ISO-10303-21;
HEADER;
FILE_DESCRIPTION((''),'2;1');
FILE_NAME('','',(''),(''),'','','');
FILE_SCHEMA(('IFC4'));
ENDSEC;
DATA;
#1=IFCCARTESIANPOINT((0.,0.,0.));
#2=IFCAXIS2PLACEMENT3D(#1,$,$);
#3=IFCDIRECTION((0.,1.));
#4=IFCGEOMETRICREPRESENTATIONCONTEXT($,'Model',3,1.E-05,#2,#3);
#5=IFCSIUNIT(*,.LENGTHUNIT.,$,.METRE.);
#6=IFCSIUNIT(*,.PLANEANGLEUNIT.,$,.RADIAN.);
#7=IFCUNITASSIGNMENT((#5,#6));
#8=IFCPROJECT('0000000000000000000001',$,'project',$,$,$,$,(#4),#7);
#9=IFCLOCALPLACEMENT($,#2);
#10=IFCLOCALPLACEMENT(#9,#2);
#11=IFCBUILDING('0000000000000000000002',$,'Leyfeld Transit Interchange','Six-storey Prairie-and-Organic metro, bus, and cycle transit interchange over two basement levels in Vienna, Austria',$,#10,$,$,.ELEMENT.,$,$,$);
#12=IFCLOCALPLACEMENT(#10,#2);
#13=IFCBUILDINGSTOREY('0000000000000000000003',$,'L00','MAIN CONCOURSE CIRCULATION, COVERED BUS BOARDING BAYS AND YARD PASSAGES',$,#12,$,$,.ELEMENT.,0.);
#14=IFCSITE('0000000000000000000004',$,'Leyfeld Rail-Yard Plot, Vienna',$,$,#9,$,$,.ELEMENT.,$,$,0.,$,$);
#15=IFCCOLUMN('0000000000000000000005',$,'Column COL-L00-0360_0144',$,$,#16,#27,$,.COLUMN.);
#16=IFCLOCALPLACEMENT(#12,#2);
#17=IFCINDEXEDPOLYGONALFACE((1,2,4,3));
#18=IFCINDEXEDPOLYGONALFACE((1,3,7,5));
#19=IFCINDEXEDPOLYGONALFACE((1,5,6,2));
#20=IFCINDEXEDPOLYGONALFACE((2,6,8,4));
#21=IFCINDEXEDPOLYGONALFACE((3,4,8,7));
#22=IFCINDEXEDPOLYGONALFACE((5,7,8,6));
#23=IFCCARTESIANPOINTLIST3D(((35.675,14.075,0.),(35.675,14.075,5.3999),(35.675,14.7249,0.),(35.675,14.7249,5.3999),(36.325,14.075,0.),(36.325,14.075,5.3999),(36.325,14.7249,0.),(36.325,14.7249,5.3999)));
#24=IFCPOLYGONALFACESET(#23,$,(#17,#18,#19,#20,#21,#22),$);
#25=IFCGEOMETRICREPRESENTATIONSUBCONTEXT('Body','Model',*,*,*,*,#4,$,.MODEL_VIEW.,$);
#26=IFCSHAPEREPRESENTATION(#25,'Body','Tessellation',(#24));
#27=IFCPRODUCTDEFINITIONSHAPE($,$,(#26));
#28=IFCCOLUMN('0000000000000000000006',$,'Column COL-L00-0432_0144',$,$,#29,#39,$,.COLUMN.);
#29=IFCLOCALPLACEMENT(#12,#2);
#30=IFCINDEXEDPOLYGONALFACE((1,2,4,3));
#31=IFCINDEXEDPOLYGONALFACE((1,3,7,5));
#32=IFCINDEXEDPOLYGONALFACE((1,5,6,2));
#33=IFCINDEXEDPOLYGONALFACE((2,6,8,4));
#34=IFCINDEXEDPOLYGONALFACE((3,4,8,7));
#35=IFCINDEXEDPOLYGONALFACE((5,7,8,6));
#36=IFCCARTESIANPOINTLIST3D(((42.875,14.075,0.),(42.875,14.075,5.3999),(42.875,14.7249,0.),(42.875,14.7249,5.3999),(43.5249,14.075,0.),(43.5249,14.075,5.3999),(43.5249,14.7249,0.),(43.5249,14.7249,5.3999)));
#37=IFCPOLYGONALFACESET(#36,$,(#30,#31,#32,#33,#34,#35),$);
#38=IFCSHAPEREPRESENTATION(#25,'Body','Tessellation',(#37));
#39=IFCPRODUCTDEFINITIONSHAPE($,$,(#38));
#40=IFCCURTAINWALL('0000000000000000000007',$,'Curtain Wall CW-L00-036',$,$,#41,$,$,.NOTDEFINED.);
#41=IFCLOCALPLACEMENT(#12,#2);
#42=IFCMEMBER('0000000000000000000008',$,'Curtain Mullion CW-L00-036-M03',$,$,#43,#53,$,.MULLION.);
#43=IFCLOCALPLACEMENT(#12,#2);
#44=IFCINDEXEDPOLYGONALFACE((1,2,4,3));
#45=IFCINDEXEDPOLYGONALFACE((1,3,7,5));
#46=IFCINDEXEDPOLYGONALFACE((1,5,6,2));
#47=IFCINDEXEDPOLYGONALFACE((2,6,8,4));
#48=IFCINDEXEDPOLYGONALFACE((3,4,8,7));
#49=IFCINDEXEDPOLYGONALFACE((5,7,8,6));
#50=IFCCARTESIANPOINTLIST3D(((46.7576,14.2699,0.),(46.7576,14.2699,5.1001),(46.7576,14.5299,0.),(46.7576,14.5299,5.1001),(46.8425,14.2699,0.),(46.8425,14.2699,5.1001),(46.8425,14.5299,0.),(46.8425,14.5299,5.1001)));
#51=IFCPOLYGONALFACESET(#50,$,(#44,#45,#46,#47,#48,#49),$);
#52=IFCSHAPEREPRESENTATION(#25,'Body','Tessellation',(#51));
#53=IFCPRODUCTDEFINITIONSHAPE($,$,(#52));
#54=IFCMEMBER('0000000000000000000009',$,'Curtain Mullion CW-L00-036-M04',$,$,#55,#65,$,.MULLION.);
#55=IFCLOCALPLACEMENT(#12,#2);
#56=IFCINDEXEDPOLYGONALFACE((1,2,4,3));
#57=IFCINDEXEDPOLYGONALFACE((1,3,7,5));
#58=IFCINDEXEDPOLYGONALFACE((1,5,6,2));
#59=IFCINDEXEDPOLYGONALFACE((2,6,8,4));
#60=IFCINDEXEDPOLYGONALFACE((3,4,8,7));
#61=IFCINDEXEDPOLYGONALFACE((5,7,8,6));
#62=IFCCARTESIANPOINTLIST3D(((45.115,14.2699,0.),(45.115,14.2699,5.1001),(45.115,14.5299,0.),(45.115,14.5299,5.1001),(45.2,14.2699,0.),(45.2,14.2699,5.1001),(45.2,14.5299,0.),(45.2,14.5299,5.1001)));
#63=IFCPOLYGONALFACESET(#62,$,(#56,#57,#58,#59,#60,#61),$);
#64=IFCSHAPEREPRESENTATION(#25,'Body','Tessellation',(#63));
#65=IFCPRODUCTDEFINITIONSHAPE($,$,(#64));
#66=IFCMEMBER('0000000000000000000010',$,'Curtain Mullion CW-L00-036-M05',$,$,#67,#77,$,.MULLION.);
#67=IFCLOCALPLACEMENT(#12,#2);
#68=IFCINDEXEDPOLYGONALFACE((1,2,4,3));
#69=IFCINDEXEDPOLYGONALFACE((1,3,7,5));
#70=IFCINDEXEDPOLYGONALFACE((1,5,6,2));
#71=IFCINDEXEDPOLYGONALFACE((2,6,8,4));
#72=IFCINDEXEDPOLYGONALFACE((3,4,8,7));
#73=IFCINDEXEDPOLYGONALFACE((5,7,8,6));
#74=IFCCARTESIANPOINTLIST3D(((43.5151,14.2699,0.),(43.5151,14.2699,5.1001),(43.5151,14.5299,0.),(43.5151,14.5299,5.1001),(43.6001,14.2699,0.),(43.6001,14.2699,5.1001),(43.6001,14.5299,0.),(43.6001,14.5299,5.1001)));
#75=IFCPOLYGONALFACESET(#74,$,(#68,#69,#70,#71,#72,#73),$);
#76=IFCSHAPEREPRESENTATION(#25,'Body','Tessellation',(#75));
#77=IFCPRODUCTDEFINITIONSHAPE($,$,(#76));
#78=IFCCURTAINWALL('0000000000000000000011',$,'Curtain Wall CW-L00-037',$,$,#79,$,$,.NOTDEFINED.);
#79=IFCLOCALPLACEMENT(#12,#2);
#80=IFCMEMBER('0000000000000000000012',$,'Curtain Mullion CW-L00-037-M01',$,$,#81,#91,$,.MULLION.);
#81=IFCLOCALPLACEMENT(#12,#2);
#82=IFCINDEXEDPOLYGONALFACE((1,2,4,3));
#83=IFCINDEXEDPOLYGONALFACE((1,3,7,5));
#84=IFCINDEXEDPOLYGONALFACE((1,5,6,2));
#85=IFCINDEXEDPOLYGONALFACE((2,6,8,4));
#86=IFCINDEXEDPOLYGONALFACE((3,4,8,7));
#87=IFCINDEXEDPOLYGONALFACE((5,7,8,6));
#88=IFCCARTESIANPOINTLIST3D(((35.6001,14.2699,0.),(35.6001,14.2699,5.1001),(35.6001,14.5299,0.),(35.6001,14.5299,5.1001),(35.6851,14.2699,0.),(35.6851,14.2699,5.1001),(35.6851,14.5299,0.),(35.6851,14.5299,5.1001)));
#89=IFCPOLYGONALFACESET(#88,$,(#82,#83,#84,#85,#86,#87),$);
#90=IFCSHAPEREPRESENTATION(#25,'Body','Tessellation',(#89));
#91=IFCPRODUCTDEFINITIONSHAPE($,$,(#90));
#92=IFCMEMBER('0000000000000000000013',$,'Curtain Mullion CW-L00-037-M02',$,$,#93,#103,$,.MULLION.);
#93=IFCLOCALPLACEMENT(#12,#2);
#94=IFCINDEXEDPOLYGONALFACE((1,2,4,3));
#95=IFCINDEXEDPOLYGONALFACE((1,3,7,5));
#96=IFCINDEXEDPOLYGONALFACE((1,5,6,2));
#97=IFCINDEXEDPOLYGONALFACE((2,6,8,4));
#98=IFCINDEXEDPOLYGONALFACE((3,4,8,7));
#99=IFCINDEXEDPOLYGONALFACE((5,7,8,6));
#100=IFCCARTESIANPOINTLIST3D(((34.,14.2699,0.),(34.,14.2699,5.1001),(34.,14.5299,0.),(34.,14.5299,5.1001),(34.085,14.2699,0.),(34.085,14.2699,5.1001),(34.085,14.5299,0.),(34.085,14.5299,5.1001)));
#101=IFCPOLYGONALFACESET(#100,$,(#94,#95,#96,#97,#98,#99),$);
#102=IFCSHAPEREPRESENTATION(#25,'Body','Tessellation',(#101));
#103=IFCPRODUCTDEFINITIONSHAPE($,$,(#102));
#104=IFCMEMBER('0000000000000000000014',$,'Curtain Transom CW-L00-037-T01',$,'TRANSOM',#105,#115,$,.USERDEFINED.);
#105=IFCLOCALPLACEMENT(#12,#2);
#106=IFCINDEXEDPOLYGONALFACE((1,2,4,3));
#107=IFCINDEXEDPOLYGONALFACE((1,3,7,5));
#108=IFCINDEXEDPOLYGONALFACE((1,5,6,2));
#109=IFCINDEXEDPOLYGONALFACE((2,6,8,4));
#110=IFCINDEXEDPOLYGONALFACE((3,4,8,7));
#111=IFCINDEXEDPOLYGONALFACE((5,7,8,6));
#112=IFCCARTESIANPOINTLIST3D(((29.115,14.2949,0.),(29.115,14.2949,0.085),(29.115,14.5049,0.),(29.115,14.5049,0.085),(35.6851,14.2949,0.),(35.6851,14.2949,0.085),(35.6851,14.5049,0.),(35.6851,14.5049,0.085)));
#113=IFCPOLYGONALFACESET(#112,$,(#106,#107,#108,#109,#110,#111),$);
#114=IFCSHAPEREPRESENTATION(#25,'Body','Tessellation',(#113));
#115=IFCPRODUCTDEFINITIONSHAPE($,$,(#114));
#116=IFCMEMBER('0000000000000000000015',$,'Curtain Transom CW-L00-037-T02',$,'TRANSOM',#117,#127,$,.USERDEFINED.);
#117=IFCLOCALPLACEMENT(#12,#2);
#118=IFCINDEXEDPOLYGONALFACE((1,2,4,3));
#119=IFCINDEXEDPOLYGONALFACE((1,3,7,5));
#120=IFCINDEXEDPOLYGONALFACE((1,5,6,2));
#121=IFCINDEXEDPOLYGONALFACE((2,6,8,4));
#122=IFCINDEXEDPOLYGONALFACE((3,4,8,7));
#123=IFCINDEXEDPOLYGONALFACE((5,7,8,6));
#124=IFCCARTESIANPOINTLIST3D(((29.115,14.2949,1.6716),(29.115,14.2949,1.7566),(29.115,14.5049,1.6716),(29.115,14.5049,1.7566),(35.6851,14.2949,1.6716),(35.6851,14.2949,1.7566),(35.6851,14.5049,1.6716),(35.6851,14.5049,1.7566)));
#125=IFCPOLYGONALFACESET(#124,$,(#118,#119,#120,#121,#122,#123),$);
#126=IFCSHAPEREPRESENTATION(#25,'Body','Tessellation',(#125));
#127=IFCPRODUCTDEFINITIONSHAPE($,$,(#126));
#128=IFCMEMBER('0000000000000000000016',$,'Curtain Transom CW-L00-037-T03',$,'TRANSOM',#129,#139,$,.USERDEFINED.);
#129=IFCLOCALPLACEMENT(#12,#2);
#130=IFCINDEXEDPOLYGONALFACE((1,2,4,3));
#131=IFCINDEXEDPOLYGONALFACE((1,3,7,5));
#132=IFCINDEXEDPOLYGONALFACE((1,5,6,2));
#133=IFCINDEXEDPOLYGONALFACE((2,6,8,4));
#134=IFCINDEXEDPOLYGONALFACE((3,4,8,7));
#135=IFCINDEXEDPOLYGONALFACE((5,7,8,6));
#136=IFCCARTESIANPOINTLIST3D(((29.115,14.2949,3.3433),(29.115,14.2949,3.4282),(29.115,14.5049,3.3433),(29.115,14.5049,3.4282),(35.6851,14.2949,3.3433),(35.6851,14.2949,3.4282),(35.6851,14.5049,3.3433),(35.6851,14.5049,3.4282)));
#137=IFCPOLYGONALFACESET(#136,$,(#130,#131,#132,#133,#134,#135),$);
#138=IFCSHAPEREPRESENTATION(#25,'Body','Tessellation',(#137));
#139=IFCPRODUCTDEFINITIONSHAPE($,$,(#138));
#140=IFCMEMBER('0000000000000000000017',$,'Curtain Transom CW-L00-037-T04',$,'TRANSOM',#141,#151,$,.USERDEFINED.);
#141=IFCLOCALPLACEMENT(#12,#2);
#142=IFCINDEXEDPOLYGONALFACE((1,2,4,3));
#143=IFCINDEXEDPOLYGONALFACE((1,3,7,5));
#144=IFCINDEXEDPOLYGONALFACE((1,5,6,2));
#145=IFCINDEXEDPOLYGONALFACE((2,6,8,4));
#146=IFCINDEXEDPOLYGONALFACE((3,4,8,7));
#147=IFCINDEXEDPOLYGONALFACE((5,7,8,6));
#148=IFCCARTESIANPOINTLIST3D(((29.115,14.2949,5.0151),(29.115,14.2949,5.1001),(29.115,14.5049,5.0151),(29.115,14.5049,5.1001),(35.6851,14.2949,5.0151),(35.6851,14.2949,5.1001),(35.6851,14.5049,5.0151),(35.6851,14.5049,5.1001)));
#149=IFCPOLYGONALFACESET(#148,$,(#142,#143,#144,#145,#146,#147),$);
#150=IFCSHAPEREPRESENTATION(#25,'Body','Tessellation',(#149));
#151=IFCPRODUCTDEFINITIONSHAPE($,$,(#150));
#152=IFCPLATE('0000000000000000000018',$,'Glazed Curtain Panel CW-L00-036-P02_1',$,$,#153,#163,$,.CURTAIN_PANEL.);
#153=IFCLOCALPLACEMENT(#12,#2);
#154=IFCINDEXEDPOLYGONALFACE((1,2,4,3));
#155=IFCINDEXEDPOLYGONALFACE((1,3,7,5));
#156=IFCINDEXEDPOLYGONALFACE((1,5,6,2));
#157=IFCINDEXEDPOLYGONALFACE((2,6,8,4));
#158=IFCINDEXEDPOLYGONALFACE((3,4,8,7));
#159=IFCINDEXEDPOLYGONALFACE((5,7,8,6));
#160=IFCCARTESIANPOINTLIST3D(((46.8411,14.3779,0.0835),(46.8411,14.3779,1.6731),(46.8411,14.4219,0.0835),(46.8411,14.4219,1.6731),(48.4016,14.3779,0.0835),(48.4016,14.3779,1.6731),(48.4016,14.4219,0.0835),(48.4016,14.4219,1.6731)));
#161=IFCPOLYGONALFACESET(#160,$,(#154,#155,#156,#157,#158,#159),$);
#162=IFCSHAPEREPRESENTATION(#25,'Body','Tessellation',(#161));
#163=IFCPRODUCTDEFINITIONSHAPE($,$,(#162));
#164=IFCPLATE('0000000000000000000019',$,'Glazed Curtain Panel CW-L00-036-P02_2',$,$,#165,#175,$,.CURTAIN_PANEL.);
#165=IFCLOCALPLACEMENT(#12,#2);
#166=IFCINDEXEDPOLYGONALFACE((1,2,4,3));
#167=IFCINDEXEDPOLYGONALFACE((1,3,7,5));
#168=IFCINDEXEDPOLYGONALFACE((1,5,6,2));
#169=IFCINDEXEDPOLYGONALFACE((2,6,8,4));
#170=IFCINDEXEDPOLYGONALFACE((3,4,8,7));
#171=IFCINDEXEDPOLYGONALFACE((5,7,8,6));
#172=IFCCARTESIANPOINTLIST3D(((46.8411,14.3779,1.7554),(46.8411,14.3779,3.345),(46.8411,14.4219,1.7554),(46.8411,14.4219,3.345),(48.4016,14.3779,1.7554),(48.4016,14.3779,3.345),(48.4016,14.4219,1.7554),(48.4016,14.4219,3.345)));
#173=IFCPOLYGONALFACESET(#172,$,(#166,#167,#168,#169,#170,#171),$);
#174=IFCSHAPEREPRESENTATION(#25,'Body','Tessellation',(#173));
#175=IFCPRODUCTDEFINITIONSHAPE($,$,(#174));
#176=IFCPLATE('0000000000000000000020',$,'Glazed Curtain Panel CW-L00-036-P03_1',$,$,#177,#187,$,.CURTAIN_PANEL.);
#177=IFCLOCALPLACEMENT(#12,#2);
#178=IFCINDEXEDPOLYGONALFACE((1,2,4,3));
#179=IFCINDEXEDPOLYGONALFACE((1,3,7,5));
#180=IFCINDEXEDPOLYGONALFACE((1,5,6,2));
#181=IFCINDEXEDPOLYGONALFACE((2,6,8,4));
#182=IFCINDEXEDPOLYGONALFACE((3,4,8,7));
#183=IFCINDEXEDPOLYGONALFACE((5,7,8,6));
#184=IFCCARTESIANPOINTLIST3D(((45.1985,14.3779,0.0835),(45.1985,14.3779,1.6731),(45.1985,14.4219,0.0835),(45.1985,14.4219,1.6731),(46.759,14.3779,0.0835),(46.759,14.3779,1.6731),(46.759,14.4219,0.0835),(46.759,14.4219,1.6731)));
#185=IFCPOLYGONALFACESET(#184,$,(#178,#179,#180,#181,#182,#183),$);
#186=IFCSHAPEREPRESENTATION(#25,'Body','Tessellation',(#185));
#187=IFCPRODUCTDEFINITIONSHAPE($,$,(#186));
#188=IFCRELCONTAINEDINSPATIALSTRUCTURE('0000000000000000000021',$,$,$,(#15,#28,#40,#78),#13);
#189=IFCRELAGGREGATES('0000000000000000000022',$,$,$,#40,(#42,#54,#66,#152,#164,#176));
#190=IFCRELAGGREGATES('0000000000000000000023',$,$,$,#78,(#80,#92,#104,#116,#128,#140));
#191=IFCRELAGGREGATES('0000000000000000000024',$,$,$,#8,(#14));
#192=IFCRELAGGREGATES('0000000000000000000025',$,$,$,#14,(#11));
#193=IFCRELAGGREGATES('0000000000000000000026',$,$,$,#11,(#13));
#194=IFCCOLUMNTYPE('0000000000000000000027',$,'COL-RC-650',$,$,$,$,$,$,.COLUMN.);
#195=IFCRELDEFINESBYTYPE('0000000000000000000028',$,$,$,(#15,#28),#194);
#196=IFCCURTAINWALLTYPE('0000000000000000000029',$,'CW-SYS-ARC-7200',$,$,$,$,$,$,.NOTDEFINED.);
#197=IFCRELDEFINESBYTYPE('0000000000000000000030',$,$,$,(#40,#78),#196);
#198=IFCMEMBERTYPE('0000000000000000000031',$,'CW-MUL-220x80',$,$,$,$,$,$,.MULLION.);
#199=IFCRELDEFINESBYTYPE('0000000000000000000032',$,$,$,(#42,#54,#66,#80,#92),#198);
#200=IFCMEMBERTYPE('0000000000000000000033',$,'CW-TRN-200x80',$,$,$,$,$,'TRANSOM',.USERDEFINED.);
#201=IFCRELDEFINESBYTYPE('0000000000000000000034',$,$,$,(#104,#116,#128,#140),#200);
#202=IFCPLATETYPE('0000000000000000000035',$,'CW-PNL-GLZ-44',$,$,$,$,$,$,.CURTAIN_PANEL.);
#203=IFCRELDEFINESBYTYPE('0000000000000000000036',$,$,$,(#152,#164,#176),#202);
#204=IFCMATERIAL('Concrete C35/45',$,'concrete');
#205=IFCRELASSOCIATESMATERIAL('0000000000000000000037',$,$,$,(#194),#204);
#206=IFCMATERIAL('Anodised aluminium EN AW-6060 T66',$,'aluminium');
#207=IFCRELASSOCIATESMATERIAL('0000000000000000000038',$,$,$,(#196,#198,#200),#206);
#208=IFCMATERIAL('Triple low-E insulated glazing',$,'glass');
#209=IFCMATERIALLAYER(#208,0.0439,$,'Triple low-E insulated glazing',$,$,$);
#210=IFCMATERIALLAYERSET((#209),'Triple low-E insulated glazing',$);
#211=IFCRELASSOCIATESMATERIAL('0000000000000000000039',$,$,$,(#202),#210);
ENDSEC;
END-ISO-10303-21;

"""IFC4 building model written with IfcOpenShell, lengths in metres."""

from ifc_helpers import new_model, si_unit, direction, frame, origin, origin_2d, place, context, subcontext, project, spatial, rectangle, extrude, material, layer, layer_set, material_profile, profile_set, type_object, element, aggregate, save


model = new_model("IFC4")

# Units and contexts
model_context = context("Model", 3, precision=1e-05, world=origin(), true_north=direction((0.0, 1.0)))
body_context = subcontext(model_context, "Body", "Model", "MODEL_VIEW")
ifc_project = project(units=[si_unit("LENGTHUNIT", "METRE"), si_unit("PLANEANGLEUNIT", "RADIAN")], contexts=[model_context])

# Site, building, storey
site_placement = place(None, origin())
site = spatial("IfcSite", under=ifc_project, at=site_placement, Name="Leyfeld Rail-Yard Plot, Vienna", CompositionType="ELEMENT", RefElevation=0.0)
building_placement = place(site_placement, origin())
building = spatial("IfcBuilding", under=site, at=building_placement, Name="Leyfeld Transit Interchange", Description="Six-storey Prairie-and-Organic metro, bus, and cycle transit interchange over two basement levels in Vienna, Austria", CompositionType="ELEMENT")
storey_placement = place(building_placement, origin())
storey = spatial("IfcBuildingStorey", under=building, at=storey_placement, Name="L00", Description="MAIN CONCOURSE CIRCULATION, COVERED BUS BOARDING BAYS AND YARD PASSAGES", CompositionType="ELEMENT", Elevation=0.0)

# Columns
ifc_material_1 = material(Name="Concrete C35/45", Category="concrete")
ifc_material_profile_1 = material_profile(ifc_material_1, rectangle(XDim=0.6499, YDim=0.6499, at=origin_2d()), Name="RC 650x650")
ifc_profile_set_1 = profile_set([ifc_material_profile_1], Name="Concrete C35/45")
column_type = type_object("IfcColumnType", Name="COL-RC-650", PredefinedType="COLUMN", material=ifc_profile_set_1)
for number, where, z_axis, x_axis, name in (
    (1, (36.0, 14.3999, 0.0), (0.0, 0.0, 1.0), (1.0, 0.0, 0.0), "Column COL-L00-0360_0144"),
    (2, (43.2, 14.3999, 0.0), (0.0, 0.0, 1.0), (1.0, 0.0, 0.0), "Column COL-L00-0432_0144"),
):
    element("IfcColumn", number, at=place(storey_placement, frame(where, z_axis=z_axis, x_axis=x_axis)), inside=storey, type_object=column_type, Name=name, PredefinedType="COLUMN", context=body_context, shape_type="SweptSolid", body=[
        extrude(rectangle(XDim=0.6499, YDim=0.6499, at=origin_2d()), origin(), (0.0, 0.0, 1.0), 5.3999),
    ])

# Curtain walls, members
ifc_material_2 = material(Name="Anodised aluminium EN AW-6060 T66", Category="aluminium")
curtain_wall_type = type_object("IfcCurtainWallType", Name="CW-SYS-ARC-7200", PredefinedType="NOTDEFINED", material=ifc_material_2)
curtain_wall_1_placement = place(storey_placement, origin())
curtain_wall_1 = element("IfcCurtainWall", 3, at=curtain_wall_1_placement, inside=storey, type_object=curtain_wall_type, Name="Curtain Wall CW-L00-036", PredefinedType="NOTDEFINED")
ifc_material_profile_2 = material_profile(ifc_material_2, rectangle(XDim=0.085, YDim=0.26, at=origin_2d()), Name="CW-M 85x260")
ifc_profile_set_2 = profile_set([ifc_material_profile_2], Name="Anodised aluminium EN AW-6060 T66")
member_type_1 = type_object("IfcMemberType", Name="CW-MUL-220x80", PredefinedType="MULLION", material=ifc_profile_set_2)
member_1_placement = place(storey_placement, frame((46.8, 14.3999, 0.0), z_axis=(0.0, 0.0, 1.0), x_axis=(-1.0, 0.0, 0.0)))
member_1 = element("IfcMember", 4, at=member_1_placement, type_object=member_type_1, Name="Curtain Mullion CW-L00-036-M03", PredefinedType="MULLION", context=body_context, shape_type="SweptSolid", body=[
    extrude(rectangle(XDim=0.085, YDim=0.26, at=origin_2d()), origin(), (0.0, 0.0, 1.0), 5.1001),
])
member_2_placement = place(storey_placement, frame((45.1575, 14.3999, 0.0), z_axis=(0.0, 0.0, 1.0), x_axis=(-1.0, 0.0, 0.0)))
member_2 = element("IfcMember", 5, at=member_2_placement, type_object=member_type_1, Name="Curtain Mullion CW-L00-036-M04", PredefinedType="MULLION", context=body_context, shape_type="SweptSolid", body=[
    extrude(rectangle(XDim=0.085, YDim=0.26, at=origin_2d()), origin(), (0.0, 0.0, 1.0), 5.1001),
])
member_3_placement = place(storey_placement, frame((43.5576, 14.3999, 0.0), z_axis=(0.0, 0.0, 1.0), x_axis=(-1.0, 0.0, 0.0)))
member_3 = element("IfcMember", 6, at=member_3_placement, type_object=member_type_1, Name="Curtain Mullion CW-L00-036-M05", PredefinedType="MULLION", context=body_context, shape_type="SweptSolid", body=[
    extrude(rectangle(XDim=0.085, YDim=0.26, at=origin_2d()), origin(), (0.0, 0.0, 1.0), 5.1001),
])
curtain_wall_2_placement = place(storey_placement, origin())
curtain_wall_2 = element("IfcCurtainWall", 7, at=curtain_wall_2_placement, inside=storey, type_object=curtain_wall_type, Name="Curtain Wall CW-L00-037", PredefinedType="NOTDEFINED")
member_4_placement = place(storey_placement, frame((35.6426, 14.3999, 0.0), z_axis=(0.0, 0.0, 1.0), x_axis=(-1.0, 0.0, 0.0)))
member_4 = element("IfcMember", 8, at=member_4_placement, type_object=member_type_1, Name="Curtain Mullion CW-L00-037-M01", PredefinedType="MULLION", context=body_context, shape_type="SweptSolid", body=[
    extrude(rectangle(XDim=0.085, YDim=0.26, at=origin_2d()), origin(), (0.0, 0.0, 1.0), 5.1001),
])
member_5_placement = place(storey_placement, frame((34.0425, 14.3999, 0.0), z_axis=(0.0, 0.0, 1.0), x_axis=(-1.0, 0.0, 0.0)))
member_5 = element("IfcMember", 9, at=member_5_placement, type_object=member_type_1, Name="Curtain Mullion CW-L00-037-M02", PredefinedType="MULLION", context=body_context, shape_type="SweptSolid", body=[
    extrude(rectangle(XDim=0.085, YDim=0.26, at=origin_2d()), origin(), (0.0, 0.0, 1.0), 5.1001),
])
ifc_material_profile_3 = material_profile(ifc_material_2, rectangle(XDim=0.21, YDim=0.085, at=origin_2d()), Name="CW-TRN-200x80")
ifc_profile_set_3 = profile_set([ifc_material_profile_3], Name="Anodised aluminium EN AW-6060 T66")
member_type_2 = type_object("IfcMemberType", Name="CW-TRN-200x80", ElementType="TRANSOM", PredefinedType="USERDEFINED", material=ifc_profile_set_3)
member_6_placement = place(storey_placement, frame((35.6851, 14.3999, 0.0425), z_axis=(-1.0, 0.0, 0.0), x_axis=(0.0, -1.0, 0.0)))
member_6 = element("IfcMember", 10, at=member_6_placement, type_object=member_type_2, Name="Curtain Transom CW-L00-037-T01", ObjectType="TRANSOM", PredefinedType="USERDEFINED", context=body_context, shape_type="SweptSolid", body=[
    extrude(rectangle(XDim=0.21, YDim=0.085, at=origin_2d()), origin(), (0.0, 0.0, 1.0), 6.5701),
])
member_7_placement = place(storey_placement, frame((35.6851, 14.3999, 1.7141), z_axis=(-1.0, 0.0, 0.0), x_axis=(0.0, -1.0, 0.0)))
member_7 = element("IfcMember", 11, at=member_7_placement, type_object=member_type_2, Name="Curtain Transom CW-L00-037-T02", ObjectType="TRANSOM", PredefinedType="USERDEFINED", context=body_context, shape_type="SweptSolid", body=[
    extrude(rectangle(XDim=0.21, YDim=0.085, at=origin_2d()), origin(), (0.0, 0.0, 1.0), 6.5701),
])
member_8_placement = place(storey_placement, frame((35.6851, 14.3999, 3.3857), z_axis=(-1.0, 0.0, 0.0), x_axis=(0.0, -1.0, 0.0)))
member_8 = element("IfcMember", 12, at=member_8_placement, type_object=member_type_2, Name="Curtain Transom CW-L00-037-T03", ObjectType="TRANSOM", PredefinedType="USERDEFINED", context=body_context, shape_type="SweptSolid", body=[
    extrude(rectangle(XDim=0.21, YDim=0.085, at=origin_2d()), origin(), (0.0, 0.0, 1.0), 6.5701),
])
member_9_placement = place(storey_placement, frame((35.6851, 14.3999, 5.0576), z_axis=(-1.0, 0.0, 0.0), x_axis=(0.0, -1.0, 0.0)))
member_9 = element("IfcMember", 13, at=member_9_placement, type_object=member_type_2, Name="Curtain Transom CW-L00-037-T04", ObjectType="TRANSOM", PredefinedType="USERDEFINED", context=body_context, shape_type="SweptSolid", body=[
    extrude(rectangle(XDim=0.21, YDim=0.085, at=origin_2d()), origin(), (0.0, 0.0, 1.0), 6.5701),
])

# Plates
ifc_material_3 = material(Name="Triple low-E insulated glazing", Category="glass")
ifc_layer = layer(ifc_material_3, 0.0439, Name="Triple low-E insulated glazing")
ifc_layer_set = layer_set([ifc_layer], Name="Triple low-E insulated glazing")
plate_type = type_object("IfcPlateType", Name="CW-PNL-GLZ-44", PredefinedType="CURTAIN_PANEL", material=ifc_layer_set)
plate_1_placement = place(storey_placement, frame((47.6213, 14.3999, 0.0835), z_axis=(0.0, 0.0, 1.0), x_axis=(-1.0, 0.0, 0.0)))
plate_1 = element("IfcPlate", 14, at=plate_1_placement, type_object=plate_type, Name="Glazed Curtain Panel CW-L00-036-P02_1", PredefinedType="CURTAIN_PANEL", context=body_context, shape_type="SweptSolid", body=[
    extrude(rectangle(XDim=1.5605, YDim=0.0439, at=origin_2d()), origin(), (0.0, 0.0, 1.0), 1.5896),
])
plate_2_placement = place(storey_placement, frame((47.6213, 14.3999, 1.7554), z_axis=(0.0, 0.0, 1.0), x_axis=(-1.0, 0.0, 0.0)))
plate_2 = element("IfcPlate", 15, at=plate_2_placement, type_object=plate_type, Name="Glazed Curtain Panel CW-L00-036-P02_2", PredefinedType="CURTAIN_PANEL", context=body_context, shape_type="SweptSolid", body=[
    extrude(rectangle(XDim=1.5605, YDim=0.0439, at=origin_2d()), origin(), (0.0, 0.0, 1.0), 1.5896),
])
plate_3_placement = place(storey_placement, frame((45.9788, 14.3999, 0.0835), z_axis=(0.0, 0.0, 1.0), x_axis=(-1.0, 0.0, 0.0)))
plate_3 = element("IfcPlate", 16, at=plate_3_placement, type_object=plate_type, Name="Glazed Curtain Panel CW-L00-036-P03_1", PredefinedType="CURTAIN_PANEL", context=body_context, shape_type="SweptSolid", body=[
    extrude(rectangle(XDim=1.5605, YDim=0.0439, at=origin_2d()), origin(), (0.0, 0.0, 1.0), 1.5896),
])
aggregate(curtain_wall_1, [member_1, member_2, member_3, plate_1, plate_2, plate_3])
aggregate(curtain_wall_2, [member_4, member_5, member_6, member_7, member_8, member_9])

save(model, "model.ifc")
